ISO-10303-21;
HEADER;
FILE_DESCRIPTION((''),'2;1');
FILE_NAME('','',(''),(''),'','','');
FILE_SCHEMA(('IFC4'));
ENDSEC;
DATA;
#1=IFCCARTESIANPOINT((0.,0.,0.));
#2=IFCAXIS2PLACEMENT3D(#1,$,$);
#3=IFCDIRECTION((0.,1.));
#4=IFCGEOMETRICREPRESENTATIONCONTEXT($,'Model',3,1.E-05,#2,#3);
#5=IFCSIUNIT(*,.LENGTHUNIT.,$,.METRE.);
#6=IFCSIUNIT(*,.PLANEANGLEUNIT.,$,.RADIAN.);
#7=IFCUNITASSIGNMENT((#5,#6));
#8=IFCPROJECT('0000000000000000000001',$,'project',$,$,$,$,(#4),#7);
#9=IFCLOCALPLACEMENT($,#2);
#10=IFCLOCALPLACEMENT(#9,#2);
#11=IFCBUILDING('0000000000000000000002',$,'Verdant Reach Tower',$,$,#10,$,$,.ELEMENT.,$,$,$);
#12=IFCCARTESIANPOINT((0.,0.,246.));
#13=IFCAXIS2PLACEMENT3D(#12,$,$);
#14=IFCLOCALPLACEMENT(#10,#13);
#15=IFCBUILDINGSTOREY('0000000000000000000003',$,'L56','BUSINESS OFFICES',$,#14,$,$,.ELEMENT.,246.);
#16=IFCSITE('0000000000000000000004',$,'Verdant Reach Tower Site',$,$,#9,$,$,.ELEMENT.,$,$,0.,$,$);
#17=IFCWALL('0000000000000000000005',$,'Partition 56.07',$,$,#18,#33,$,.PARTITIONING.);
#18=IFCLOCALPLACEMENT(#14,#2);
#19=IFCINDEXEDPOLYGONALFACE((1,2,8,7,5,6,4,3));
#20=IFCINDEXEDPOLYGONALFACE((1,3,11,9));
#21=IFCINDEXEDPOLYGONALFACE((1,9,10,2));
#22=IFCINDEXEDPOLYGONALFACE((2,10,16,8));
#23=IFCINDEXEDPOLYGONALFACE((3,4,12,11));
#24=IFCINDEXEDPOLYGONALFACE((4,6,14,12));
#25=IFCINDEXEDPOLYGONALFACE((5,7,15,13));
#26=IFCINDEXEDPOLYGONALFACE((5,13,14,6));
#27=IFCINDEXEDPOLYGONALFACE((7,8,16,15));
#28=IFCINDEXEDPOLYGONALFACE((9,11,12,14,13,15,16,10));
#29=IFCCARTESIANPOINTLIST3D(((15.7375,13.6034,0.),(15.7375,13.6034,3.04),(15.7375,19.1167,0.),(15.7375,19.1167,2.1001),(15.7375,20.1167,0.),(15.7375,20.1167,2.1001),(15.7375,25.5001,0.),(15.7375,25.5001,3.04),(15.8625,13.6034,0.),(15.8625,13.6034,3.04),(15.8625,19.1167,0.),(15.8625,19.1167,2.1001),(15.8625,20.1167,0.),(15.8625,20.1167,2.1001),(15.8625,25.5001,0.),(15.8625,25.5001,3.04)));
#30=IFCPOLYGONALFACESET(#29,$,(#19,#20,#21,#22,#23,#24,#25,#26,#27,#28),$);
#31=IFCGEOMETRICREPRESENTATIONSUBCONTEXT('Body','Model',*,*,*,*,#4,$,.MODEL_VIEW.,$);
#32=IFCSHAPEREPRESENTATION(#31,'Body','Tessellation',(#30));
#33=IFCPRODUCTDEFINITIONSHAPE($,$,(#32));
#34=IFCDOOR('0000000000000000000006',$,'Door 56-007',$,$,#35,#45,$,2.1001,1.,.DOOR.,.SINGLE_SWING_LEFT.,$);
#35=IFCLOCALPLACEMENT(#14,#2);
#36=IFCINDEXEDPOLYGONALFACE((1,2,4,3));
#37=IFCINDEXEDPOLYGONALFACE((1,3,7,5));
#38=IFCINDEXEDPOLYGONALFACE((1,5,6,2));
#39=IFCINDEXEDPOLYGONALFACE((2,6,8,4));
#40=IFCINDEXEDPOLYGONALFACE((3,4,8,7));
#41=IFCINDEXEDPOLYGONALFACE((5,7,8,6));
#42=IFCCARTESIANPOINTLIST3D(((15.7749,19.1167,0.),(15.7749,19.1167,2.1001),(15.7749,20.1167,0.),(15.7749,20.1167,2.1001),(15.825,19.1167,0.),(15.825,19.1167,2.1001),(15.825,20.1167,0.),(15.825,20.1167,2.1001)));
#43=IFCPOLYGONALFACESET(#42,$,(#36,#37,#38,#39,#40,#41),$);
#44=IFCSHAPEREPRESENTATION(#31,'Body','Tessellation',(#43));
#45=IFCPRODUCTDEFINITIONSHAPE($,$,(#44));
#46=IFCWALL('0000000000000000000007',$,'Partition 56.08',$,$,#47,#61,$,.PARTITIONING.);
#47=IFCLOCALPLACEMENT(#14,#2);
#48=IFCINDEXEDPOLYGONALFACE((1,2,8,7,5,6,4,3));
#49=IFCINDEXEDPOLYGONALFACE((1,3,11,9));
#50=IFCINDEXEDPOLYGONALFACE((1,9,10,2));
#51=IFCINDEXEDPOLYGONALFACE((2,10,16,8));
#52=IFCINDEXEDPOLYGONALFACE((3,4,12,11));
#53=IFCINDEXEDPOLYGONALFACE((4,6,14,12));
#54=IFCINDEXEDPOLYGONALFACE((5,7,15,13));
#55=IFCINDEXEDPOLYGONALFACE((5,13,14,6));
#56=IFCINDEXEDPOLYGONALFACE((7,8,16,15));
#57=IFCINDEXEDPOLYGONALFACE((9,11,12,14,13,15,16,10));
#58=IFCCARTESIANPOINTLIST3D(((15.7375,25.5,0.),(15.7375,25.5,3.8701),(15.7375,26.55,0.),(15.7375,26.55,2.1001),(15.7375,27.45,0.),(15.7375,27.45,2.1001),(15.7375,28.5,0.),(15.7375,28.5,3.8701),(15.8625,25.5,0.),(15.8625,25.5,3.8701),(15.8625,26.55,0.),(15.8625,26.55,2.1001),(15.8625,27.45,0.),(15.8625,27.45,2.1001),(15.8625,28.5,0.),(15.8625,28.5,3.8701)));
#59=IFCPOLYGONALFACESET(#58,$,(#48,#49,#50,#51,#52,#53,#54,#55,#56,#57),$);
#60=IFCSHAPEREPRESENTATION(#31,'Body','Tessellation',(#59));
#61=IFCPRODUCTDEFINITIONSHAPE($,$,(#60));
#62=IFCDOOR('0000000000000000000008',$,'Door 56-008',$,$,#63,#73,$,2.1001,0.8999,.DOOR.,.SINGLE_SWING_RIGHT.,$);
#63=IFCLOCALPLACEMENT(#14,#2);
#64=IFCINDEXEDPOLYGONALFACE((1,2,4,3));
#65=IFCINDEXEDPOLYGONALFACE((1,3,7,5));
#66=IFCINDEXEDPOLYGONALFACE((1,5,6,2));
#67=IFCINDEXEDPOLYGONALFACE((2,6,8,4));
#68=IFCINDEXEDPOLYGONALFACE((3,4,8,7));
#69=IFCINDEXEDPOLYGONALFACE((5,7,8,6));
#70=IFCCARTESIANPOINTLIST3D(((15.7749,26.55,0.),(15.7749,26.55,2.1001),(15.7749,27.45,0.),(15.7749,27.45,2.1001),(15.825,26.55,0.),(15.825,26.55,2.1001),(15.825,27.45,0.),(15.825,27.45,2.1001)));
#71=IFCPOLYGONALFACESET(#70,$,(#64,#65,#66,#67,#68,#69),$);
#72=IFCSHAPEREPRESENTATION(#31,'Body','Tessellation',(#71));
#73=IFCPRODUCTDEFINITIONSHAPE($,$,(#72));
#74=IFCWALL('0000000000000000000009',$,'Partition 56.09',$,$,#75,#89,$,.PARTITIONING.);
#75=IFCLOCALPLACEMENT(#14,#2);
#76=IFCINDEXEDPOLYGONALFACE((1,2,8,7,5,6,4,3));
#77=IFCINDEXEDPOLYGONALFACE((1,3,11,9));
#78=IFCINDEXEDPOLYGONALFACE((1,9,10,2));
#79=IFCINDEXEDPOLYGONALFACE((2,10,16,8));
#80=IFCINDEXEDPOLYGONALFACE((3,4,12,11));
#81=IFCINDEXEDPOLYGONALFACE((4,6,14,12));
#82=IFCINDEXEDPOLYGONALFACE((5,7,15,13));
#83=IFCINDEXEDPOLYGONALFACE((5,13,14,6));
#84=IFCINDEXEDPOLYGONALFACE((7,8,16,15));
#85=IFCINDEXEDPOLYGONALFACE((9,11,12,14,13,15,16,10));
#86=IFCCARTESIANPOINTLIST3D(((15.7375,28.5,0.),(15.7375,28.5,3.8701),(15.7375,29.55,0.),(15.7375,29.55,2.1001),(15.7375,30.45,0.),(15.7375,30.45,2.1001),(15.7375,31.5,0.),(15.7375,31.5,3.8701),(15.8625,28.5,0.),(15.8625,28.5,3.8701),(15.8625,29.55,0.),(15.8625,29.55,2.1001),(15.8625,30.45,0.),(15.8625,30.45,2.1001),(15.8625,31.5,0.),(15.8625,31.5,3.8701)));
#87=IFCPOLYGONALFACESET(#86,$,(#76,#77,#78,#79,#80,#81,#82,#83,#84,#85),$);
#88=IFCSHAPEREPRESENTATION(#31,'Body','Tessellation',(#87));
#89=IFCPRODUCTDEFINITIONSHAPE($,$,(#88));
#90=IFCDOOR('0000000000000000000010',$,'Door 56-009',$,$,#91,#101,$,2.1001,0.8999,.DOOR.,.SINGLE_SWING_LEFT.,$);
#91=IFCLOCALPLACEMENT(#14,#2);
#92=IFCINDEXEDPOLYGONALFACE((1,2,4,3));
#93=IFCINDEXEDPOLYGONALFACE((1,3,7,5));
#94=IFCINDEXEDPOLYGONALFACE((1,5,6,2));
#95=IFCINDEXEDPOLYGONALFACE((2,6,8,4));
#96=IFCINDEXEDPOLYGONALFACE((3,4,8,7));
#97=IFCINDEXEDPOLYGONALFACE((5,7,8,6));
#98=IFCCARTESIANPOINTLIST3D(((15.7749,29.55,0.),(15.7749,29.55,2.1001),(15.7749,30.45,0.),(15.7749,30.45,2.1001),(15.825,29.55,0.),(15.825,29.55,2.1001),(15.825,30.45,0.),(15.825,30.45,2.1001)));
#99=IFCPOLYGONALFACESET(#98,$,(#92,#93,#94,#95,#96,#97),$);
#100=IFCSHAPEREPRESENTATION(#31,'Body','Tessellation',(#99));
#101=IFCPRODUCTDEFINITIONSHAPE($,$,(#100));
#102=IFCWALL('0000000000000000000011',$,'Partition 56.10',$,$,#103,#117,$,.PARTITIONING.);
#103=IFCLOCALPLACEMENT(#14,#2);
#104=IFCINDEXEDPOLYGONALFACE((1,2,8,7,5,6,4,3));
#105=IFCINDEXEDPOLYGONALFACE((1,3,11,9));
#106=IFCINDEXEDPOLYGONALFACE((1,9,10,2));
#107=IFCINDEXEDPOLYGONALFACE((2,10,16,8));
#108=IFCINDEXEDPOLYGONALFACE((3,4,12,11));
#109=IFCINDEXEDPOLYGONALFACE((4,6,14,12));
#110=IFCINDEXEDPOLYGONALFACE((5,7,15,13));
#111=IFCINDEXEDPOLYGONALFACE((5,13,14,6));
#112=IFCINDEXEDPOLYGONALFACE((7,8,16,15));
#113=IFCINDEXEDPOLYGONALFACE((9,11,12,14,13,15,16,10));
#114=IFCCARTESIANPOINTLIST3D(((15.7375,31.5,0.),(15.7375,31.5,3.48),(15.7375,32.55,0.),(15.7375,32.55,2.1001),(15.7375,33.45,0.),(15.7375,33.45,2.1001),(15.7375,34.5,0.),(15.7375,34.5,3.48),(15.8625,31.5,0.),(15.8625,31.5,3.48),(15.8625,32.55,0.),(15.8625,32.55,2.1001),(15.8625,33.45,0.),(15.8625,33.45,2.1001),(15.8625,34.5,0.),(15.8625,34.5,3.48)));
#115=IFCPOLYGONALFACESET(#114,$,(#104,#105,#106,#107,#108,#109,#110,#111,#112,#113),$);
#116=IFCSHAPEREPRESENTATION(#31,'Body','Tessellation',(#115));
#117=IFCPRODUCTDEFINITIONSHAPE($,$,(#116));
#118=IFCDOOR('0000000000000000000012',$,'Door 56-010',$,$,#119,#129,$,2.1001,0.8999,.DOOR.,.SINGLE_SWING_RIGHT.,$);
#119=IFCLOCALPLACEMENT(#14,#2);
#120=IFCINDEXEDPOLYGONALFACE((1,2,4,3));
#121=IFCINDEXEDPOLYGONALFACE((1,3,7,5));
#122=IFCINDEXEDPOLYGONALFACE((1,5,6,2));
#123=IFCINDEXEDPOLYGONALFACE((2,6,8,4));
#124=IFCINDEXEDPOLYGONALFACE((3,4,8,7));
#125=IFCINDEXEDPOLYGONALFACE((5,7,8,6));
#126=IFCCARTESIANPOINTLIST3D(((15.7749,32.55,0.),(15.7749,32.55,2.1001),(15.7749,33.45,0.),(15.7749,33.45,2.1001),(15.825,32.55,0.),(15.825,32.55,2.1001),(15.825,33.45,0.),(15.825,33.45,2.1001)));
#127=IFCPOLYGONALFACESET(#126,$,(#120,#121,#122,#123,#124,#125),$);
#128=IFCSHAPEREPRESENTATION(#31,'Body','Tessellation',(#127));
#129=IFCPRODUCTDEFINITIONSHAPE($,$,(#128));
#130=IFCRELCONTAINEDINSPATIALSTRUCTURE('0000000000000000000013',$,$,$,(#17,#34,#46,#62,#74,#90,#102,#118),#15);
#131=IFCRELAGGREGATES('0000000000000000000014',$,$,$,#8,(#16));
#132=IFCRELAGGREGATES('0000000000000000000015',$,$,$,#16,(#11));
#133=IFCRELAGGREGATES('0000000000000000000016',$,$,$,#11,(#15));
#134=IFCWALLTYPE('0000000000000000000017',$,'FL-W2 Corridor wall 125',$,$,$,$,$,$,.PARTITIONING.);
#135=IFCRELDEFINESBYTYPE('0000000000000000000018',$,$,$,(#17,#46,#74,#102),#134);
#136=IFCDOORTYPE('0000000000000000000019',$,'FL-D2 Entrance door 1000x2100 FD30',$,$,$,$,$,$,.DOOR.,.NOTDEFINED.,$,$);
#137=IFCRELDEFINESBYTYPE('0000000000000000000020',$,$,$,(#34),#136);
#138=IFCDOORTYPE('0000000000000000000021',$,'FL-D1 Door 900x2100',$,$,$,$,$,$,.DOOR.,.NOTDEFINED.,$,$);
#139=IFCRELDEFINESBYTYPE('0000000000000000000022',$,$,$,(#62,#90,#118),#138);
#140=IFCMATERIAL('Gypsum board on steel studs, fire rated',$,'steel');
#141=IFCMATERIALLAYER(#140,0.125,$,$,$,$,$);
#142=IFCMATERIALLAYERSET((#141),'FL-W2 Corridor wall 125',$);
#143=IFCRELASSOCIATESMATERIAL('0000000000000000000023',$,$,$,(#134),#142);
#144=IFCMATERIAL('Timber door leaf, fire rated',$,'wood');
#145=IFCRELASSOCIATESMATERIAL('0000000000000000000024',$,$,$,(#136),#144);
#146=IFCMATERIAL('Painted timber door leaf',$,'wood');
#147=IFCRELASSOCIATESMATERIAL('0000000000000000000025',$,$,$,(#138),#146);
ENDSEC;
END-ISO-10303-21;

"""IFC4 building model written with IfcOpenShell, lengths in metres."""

from ifc_helpers import new_model, si_unit, direction, frame, frame_2d, origin, place, context, subcontext, project, spatial, rectangle, extrude, material, layer, layer_set, type_object, element, fill, save


model = new_model("IFC4")

# Units and contexts
model_context = context("Model", 3, precision=1e-05, world=origin(), true_north=direction((0.0, 1.0)))
body_context = subcontext(model_context, "Body", "Model", "MODEL_VIEW")
ifc_project = project(units=[si_unit("LENGTHUNIT", "METRE"), si_unit("PLANEANGLEUNIT", "RADIAN")], contexts=[model_context])

# Site, building, storey
site_placement = place(None, origin())
site = spatial("IfcSite", under=ifc_project, at=site_placement, Name="Verdant Reach Tower Site", CompositionType="ELEMENT", RefElevation=0.0)
building_placement = place(site_placement, origin())
building = spatial("IfcBuilding", under=site, at=building_placement, Name="Verdant Reach Tower", CompositionType="ELEMENT")
storey_placement = place(building_placement, frame((0.0, 0.0, 246.0)))
storey = spatial("IfcBuildingStorey", under=building, at=storey_placement, Name="L56", Description="BUSINESS OFFICES", CompositionType="ELEMENT", Elevation=246.0)

# Walls, openings, doors
ifc_material_1 = material(Name="Gypsum board on steel studs, fire rated", Category="steel")
ifc_layer_1 = layer(ifc_material_1, 0.125)
ifc_layer_set_1 = layer_set([ifc_layer_1], Name="FL-W2 Corridor wall 125")
wall_type_1 = type_object("IfcWallType", Name="FL-W2 Corridor wall 125", PredefinedType="PARTITIONING", material=ifc_layer_set_1)
wall_1_placement = place(storey_placement, frame((15.8, 25.5, 0.0), z_axis=(0.0, 0.0, 1.0), x_axis=(0.0, -1.0, 0.0)))
wall_1 = element("IfcWall", 1, at=wall_1_placement, inside=storey, type_object=wall_type_1, Name="Partition 56.07", PredefinedType="PARTITIONING", context=body_context, shape_type="SweptSolid", body=[
    extrude(rectangle(XDim=11.8967, YDim=0.125, at=frame_2d((5.9482, 0.0))), origin(), (0.0, 0.0, 1.0), 3.04),
])
opening_1_placement = place(wall_1_placement, frame((5.3833, 0.0, 0.0)))
opening_1 = element("IfcOpeningElement", 2, at=opening_1_placement, cuts=wall_1, PredefinedType="OPENING", context=body_context, shape_type="SweptSolid", body=[
    extrude(rectangle(XDim=1.0, YDim=2.1001, at=frame_2d((0.5, 1.05))), frame((0.0, 0.0725, 0.0), z_axis=(0.0, -1.0, 0.0), x_axis=(1.0, 0.0, 0.0)), (0.0, 0.0, 1.0), 0.145),
])
ifc_material_2 = material(Name="Timber door leaf, fire rated", Category="wood")
door_type_1 = type_object("IfcDoorType", Name="FL-D2 Entrance door 1000x2100 FD30", OperationType="NOTDEFINED", PredefinedType="DOOR", material=ifc_material_2)
door_1_placement = place(opening_1_placement, origin())
door_1 = element("IfcDoor", 3, at=door_1_placement, inside=storey, type_object=door_type_1, Name="Door 56-007", OperationType="SINGLE_SWING_LEFT", OverallHeight=2.1001, OverallWidth=1.0, PredefinedType="DOOR", context=body_context, shape_type="SweptSolid", body=[
    extrude(rectangle(XDim=1.0, YDim=2.1001, at=frame_2d((0.5, 1.05))), frame((0.0, 0.0249, 0.0), z_axis=(0.0, -1.0, 0.0), x_axis=(1.0, 0.0, 0.0)), (0.0, 0.0, 1.0), 0.05),
])
fill(opening_1, door_1)
wall_2_placement = place(storey_placement, frame((15.8, 28.5, 0.0), z_axis=(0.0, 0.0, 1.0), x_axis=(0.0, -1.0, 0.0)))
wall_2 = element("IfcWall", 4, at=wall_2_placement, inside=storey, type_object=wall_type_1, Name="Partition 56.08", PredefinedType="PARTITIONING", context=body_context, shape_type="SweptSolid", body=[
    extrude(rectangle(XDim=3.0, YDim=0.125, at=frame_2d((1.5, 0.0))), origin(), (0.0, 0.0, 1.0), 3.8701),
])
opening_2_placement = place(wall_2_placement, frame((1.05, 0.0, 0.0)))
opening_2 = element("IfcOpeningElement", 5, at=opening_2_placement, cuts=wall_2, PredefinedType="OPENING", context=body_context, shape_type="SweptSolid", body=[
    extrude(rectangle(XDim=0.8999, YDim=2.1001, at=frame_2d((0.45, 1.05))), frame((0.0, 0.0725, 0.0), z_axis=(0.0, -1.0, 0.0), x_axis=(1.0, 0.0, 0.0)), (0.0, 0.0, 1.0), 0.145),
])
ifc_material_3 = material(Name="Painted timber door leaf", Category="wood")
door_type_2 = type_object("IfcDoorType", Name="FL-D1 Door 900x2100", OperationType="NOTDEFINED", PredefinedType="DOOR", material=ifc_material_3)
door_2_placement = place(opening_2_placement, origin())
door_2 = element("IfcDoor", 6, at=door_2_placement, inside=storey, type_object=door_type_2, Name="Door 56-008", OperationType="SINGLE_SWING_RIGHT", OverallHeight=2.1001, OverallWidth=0.8999, PredefinedType="DOOR", context=body_context, shape_type="SweptSolid", body=[
    extrude(rectangle(XDim=0.8999, YDim=2.1001, at=frame_2d((0.45, 1.05))), frame((0.0, 0.0249, 0.0), z_axis=(0.0, -1.0, 0.0), x_axis=(1.0, 0.0, 0.0)), (0.0, 0.0, 1.0), 0.05),
])
fill(opening_2, door_2)
wall_3_placement = place(storey_placement, frame((15.8, 31.5, 0.0), z_axis=(0.0, 0.0, 1.0), x_axis=(0.0, -1.0, 0.0)))
wall_3 = element("IfcWall", 7, at=wall_3_placement, inside=storey, type_object=wall_type_1, Name="Partition 56.09", PredefinedType="PARTITIONING", context=body_context, shape_type="SweptSolid", body=[
    extrude(rectangle(XDim=3.0, YDim=0.125, at=frame_2d((1.5, 0.0))), origin(), (0.0, 0.0, 1.0), 3.8701),
])
opening_3_placement = place(wall_3_placement, frame((1.05, 0.0, 0.0)))
opening_3 = element("IfcOpeningElement", 8, at=opening_3_placement, cuts=wall_3, PredefinedType="OPENING", context=body_context, shape_type="SweptSolid", body=[
    extrude(rectangle(XDim=0.8999, YDim=2.1001, at=frame_2d((0.45, 1.05))), frame((0.0, 0.0725, 0.0), z_axis=(0.0, -1.0, 0.0), x_axis=(1.0, 0.0, 0.0)), (0.0, 0.0, 1.0), 0.145),
])
door_3_placement = place(opening_3_placement, origin())
door_3 = element("IfcDoor", 9, at=door_3_placement, inside=storey, type_object=door_type_2, Name="Door 56-009", OperationType="SINGLE_SWING_LEFT", OverallHeight=2.1001, OverallWidth=0.8999, PredefinedType="DOOR", context=body_context, shape_type="SweptSolid", body=[
    extrude(rectangle(XDim=0.8999, YDim=2.1001, at=frame_2d((0.45, 1.05))), frame((0.0, 0.0249, 0.0), z_axis=(0.0, -1.0, 0.0), x_axis=(1.0, 0.0, 0.0)), (0.0, 0.0, 1.0), 0.05),
])
fill(opening_3, door_3)
wall_4_placement = place(storey_placement, frame((15.8, 34.5, 0.0), z_axis=(0.0, 0.0, 1.0), x_axis=(0.0, -1.0, 0.0)))
wall_4 = element("IfcWall", 10, at=wall_4_placement, inside=storey, type_object=wall_type_1, Name="Partition 56.10", PredefinedType="PARTITIONING", context=body_context, shape_type="SweptSolid", body=[
    extrude(rectangle(XDim=3.0, YDim=0.125, at=frame_2d((1.5, 0.0))), origin(), (0.0, 0.0, 1.0), 3.48),
])
opening_4_placement = place(wall_4_placement, frame((1.05, 0.0, 0.0)))
opening_4 = element("IfcOpeningElement", 11, at=opening_4_placement, cuts=wall_4, PredefinedType="OPENING", context=body_context, shape_type="SweptSolid", body=[
    extrude(rectangle(XDim=0.8999, YDim=2.1001, at=frame_2d((0.45, 1.05))), frame((0.0, 0.0725, 0.0), z_axis=(0.0, -1.0, 0.0), x_axis=(1.0, 0.0, 0.0)), (0.0, 0.0, 1.0), 0.145),
])
door_4_placement = place(opening_4_placement, origin())
door_4 = element("IfcDoor", 12, at=door_4_placement, inside=storey, type_object=door_type_2, Name="Door 56-010", OperationType="SINGLE_SWING_RIGHT", OverallHeight=2.1001, OverallWidth=0.8999, PredefinedType="DOOR", context=body_context, shape_type="SweptSolid", body=[
    extrude(rectangle(XDim=0.8999, YDim=2.1001, at=frame_2d((0.45, 1.05))), frame((0.0, 0.0249, 0.0), z_axis=(0.0, -1.0, 0.0), x_axis=(1.0, 0.0, 0.0)), (0.0, 0.0, 1.0), 0.05),
])
fill(opening_4, door_4)

save(model, "model.ifc")
